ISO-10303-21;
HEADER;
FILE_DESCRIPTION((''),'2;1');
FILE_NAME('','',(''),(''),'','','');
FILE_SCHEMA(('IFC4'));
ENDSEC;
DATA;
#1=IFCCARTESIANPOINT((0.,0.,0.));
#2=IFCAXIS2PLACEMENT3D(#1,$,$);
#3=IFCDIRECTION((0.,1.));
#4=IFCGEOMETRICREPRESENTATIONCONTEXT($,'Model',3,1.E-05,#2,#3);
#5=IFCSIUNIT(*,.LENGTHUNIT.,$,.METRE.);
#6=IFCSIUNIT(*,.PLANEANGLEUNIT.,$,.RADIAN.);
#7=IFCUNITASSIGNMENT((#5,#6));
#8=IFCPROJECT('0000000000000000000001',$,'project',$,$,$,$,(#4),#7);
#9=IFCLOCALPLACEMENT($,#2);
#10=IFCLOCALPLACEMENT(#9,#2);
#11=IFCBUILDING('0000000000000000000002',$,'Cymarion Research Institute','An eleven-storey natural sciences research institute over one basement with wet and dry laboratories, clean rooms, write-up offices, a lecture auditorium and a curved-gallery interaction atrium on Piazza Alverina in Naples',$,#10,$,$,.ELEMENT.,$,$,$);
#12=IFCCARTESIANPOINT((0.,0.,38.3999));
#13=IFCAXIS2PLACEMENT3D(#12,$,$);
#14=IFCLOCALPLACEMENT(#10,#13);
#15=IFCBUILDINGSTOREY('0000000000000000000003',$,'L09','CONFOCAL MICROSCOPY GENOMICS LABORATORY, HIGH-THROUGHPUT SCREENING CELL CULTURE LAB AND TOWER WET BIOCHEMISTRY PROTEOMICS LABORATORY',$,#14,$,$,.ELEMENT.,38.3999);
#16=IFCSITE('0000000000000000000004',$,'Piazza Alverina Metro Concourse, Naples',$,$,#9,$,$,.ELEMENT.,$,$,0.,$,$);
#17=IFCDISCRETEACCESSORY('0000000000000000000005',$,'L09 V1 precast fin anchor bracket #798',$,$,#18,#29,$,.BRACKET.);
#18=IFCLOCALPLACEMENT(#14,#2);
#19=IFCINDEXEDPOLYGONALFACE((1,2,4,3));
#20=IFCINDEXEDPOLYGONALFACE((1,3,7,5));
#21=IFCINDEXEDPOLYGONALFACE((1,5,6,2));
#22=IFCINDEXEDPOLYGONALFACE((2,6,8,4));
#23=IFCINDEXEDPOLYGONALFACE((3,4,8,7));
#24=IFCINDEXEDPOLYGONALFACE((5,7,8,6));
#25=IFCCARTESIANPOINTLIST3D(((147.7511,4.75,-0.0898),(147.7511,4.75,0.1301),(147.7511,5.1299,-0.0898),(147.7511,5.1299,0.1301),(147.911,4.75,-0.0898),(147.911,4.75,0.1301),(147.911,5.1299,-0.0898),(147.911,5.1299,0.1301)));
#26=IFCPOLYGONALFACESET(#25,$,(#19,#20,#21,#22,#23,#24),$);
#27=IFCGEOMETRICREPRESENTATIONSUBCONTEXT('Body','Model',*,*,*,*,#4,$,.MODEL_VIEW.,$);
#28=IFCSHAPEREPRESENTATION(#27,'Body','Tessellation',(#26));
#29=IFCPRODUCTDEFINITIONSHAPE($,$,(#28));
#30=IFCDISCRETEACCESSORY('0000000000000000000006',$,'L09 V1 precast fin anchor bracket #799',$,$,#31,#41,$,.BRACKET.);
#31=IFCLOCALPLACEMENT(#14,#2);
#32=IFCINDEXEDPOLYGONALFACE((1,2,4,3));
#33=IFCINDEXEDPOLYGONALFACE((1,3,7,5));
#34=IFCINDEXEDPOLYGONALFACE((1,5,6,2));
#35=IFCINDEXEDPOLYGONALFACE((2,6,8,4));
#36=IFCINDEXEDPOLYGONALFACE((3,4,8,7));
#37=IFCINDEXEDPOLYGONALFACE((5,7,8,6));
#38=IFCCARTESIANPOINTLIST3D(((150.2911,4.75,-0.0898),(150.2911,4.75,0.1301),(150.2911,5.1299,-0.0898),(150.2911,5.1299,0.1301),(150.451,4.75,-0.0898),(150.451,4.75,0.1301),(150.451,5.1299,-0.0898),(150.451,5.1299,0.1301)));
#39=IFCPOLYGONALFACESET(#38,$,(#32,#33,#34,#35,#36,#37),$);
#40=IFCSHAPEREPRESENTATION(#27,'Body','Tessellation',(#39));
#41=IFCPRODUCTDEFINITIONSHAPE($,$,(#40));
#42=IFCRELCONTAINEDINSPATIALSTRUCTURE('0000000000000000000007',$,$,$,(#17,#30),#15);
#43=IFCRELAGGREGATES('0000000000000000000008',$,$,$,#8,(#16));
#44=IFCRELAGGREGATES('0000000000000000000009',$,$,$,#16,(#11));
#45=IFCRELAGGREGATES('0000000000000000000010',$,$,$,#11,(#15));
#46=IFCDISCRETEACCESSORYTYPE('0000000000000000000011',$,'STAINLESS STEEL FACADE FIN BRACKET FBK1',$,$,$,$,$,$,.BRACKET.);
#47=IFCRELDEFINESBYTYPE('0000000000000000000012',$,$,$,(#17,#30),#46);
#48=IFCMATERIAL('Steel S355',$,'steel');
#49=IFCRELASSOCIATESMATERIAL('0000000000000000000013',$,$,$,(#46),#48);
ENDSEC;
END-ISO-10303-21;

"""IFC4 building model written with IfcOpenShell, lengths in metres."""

from ifc_helpers import new_model, si_unit, direction, frame, origin, origin_2d, place, context, subcontext, project, spatial, rectangle, extrude, material, type_object, element, save


model = new_model("IFC4")

# Units and contexts
model_context = context("Model", 3, precision=1e-05, world=origin(), true_north=direction((0.0, 1.0)))
body_context = subcontext(model_context, "Body", "Model", "MODEL_VIEW")
ifc_project = project(units=[si_unit("LENGTHUNIT", "METRE"), si_unit("PLANEANGLEUNIT", "RADIAN")], contexts=[model_context])

# Site, building, storey
site_placement = place(None, origin())
site = spatial("IfcSite", under=ifc_project, at=site_placement, Name="Piazza Alverina Metro Concourse, Naples", CompositionType="ELEMENT", RefElevation=0.0)
building_placement = place(site_placement, origin())
building = spatial("IfcBuilding", under=site, at=building_placement, Name="Cymarion Research Institute", Description="An eleven-storey natural sciences research institute over one basement with wet and dry laboratories, clean rooms, write-up offices, a lecture auditorium and a curved-gallery interaction atrium on Piazza Alverina in Naples", CompositionType="ELEMENT")
storey_placement = place(building_placement, frame((0.0, 0.0, 38.3999)))
storey = spatial("IfcBuildingStorey", under=building, at=storey_placement, Name="L09", Description="CONFOCAL MICROSCOPY GENOMICS LABORATORY, HIGH-THROUGHPUT SCREENING CELL CULTURE LAB AND TOWER WET BIOCHEMISTRY PROTEOMICS LABORATORY", CompositionType="ELEMENT", Elevation=38.3999)

# Shared definitions
ifc_material_1 = material(Name="Steel S355", Category="steel")

# Discrete accessories
discrete_accessory_type = type_object("IfcDiscreteAccessoryType", Name="STAINLESS STEEL FACADE FIN BRACKET FBK1", PredefinedType="BRACKET", material=ifc_material_1)
for number, where, z_axis, x_axis, name in (
    (1, (147.8311, 4.9399, -0.0898), (0.0, 0.0, 1.0), (0.0, -1.0, 0.0), "L09 V1 precast fin anchor bracket #798"),
    (2, (150.3711, 4.9399, -0.0898), (0.0, 0.0, 1.0), (0.0, -1.0, 0.0), "L09 V1 precast fin anchor bracket #799"),
):
    element("IfcDiscreteAccessory", number, at=place(storey_placement, frame(where, z_axis=z_axis, x_axis=x_axis)), inside=storey, type_object=discrete_accessory_type, Name=name, PredefinedType="BRACKET", context=body_context, shape_type="SweptSolid", body=[
        extrude(rectangle(XDim=0.3799, YDim=0.1599, at=origin_2d()), origin(), (0.0, 0.0, 1.0), 0.22),
    ])

save(model, "model.ifc")
